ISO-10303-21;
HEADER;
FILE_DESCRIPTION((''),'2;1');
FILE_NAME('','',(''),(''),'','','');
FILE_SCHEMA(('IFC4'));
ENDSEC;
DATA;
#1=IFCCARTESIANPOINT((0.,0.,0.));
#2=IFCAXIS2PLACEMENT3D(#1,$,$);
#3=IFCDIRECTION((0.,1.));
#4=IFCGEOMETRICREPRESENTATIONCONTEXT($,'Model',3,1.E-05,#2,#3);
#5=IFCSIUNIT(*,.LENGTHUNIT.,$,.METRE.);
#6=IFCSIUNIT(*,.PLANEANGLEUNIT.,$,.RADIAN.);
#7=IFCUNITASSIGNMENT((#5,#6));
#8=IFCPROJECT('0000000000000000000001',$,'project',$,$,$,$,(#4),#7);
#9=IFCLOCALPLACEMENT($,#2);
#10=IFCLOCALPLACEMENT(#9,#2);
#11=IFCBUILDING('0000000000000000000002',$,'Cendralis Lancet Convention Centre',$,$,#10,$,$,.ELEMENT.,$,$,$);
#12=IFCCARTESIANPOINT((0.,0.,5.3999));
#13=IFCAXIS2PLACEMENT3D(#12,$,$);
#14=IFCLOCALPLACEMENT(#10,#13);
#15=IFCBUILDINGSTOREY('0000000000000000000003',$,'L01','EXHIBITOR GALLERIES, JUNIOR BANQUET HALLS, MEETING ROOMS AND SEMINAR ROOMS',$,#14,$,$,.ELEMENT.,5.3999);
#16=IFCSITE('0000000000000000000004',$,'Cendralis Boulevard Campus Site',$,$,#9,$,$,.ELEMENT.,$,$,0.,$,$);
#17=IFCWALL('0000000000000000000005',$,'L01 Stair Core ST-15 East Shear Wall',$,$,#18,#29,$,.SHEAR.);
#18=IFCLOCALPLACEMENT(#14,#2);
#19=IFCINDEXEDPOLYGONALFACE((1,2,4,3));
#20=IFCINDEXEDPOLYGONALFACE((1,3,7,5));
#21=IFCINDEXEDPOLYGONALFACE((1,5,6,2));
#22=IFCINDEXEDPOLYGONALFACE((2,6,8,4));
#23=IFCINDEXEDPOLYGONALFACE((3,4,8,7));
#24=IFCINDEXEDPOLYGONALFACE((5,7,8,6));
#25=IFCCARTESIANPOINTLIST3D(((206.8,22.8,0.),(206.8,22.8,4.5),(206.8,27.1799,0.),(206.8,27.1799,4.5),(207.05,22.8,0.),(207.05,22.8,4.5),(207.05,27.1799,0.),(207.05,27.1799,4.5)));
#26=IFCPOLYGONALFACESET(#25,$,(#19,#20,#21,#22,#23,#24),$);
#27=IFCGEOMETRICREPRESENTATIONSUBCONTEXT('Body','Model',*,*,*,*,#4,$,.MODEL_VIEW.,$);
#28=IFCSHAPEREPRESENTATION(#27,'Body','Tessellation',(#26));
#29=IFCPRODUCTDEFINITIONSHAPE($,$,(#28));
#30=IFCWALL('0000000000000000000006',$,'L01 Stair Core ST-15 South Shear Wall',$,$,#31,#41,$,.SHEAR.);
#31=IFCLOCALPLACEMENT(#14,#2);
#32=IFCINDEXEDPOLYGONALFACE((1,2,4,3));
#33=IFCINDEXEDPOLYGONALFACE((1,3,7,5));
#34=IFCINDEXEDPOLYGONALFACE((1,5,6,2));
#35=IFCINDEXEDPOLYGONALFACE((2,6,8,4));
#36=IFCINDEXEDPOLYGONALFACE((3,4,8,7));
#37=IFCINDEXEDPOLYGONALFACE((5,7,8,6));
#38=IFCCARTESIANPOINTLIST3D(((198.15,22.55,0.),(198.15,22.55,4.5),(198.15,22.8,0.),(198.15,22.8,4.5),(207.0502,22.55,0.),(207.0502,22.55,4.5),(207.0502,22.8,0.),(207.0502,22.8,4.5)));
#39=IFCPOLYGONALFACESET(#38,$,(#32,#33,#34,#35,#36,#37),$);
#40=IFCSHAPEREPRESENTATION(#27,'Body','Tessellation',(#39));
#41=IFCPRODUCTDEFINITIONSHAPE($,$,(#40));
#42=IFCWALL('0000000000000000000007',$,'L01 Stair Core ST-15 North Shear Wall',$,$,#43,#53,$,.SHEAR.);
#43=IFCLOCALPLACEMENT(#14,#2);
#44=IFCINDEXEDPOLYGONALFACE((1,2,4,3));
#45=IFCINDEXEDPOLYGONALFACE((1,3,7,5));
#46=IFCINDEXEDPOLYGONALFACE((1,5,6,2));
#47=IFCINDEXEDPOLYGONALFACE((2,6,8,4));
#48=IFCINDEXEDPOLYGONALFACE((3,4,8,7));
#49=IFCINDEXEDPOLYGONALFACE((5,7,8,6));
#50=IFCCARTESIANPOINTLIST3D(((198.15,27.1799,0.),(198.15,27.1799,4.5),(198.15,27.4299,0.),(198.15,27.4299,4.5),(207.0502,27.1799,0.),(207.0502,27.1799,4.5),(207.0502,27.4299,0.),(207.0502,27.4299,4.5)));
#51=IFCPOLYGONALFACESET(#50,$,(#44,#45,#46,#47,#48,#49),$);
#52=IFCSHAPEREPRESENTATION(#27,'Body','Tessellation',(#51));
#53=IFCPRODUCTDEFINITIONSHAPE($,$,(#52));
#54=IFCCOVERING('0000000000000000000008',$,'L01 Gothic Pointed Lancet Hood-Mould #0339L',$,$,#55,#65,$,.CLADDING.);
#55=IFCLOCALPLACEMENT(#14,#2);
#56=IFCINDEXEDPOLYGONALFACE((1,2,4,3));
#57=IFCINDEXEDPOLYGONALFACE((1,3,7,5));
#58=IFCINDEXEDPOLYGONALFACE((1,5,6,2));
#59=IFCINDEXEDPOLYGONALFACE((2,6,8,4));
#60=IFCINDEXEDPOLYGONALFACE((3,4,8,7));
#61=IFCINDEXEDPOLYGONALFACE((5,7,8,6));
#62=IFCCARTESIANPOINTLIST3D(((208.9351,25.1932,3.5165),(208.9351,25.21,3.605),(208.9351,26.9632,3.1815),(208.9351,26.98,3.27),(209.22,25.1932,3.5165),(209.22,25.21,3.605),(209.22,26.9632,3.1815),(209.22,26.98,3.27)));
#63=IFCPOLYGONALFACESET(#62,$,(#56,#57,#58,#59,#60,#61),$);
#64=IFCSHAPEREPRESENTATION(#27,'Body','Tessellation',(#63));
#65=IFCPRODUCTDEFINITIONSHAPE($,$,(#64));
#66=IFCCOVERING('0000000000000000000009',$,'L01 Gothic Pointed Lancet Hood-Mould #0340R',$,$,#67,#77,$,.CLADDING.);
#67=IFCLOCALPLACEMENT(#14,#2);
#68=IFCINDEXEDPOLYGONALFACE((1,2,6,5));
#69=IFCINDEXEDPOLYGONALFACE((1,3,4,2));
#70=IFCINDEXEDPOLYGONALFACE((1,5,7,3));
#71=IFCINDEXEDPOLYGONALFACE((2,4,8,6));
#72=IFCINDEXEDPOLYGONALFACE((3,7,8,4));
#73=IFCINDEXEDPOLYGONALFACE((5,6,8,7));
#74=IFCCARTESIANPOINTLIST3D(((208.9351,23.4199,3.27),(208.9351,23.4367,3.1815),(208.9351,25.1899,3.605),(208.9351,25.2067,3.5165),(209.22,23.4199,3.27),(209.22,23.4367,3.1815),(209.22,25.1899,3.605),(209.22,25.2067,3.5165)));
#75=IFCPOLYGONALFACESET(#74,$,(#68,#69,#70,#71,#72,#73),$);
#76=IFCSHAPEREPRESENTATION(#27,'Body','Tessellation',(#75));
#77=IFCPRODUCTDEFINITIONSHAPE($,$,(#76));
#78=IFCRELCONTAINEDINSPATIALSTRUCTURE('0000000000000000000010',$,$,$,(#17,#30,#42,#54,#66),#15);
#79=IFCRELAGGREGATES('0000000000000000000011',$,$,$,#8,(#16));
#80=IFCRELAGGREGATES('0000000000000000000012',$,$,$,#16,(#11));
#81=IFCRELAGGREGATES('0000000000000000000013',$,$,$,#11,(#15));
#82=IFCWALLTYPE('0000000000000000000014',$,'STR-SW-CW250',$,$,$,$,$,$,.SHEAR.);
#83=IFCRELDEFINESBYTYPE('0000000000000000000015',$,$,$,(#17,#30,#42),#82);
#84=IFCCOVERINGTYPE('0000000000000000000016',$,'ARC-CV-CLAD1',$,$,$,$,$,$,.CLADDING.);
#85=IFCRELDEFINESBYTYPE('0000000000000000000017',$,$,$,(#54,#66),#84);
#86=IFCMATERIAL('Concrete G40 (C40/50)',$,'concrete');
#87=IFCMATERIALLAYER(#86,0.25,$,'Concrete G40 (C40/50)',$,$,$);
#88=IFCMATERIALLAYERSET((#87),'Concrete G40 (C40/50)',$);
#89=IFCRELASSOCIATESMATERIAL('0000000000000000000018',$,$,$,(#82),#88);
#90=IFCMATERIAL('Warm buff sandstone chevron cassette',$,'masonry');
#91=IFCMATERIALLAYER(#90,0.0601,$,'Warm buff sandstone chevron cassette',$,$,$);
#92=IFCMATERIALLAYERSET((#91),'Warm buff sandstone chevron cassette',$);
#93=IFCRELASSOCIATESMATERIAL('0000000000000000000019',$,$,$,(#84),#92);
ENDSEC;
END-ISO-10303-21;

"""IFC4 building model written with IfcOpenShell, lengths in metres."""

from ifc_helpers import new_model, si_unit, direction, frame, frame_2d, origin, place, context, subcontext, project, spatial, polyline, rectangle, outline, extrude, material, layer, layer_set, type_object, element, save


model = new_model("IFC4")

# Units and contexts
model_context = context("Model", 3, precision=1e-05, world=origin(), true_north=direction((0.0, 1.0)))
body_context = subcontext(model_context, "Body", "Model", "MODEL_VIEW")
ifc_project = project(units=[si_unit("LENGTHUNIT", "METRE"), si_unit("PLANEANGLEUNIT", "RADIAN")], contexts=[model_context])

# Site, building, storey
site_placement = place(None, origin())
site = spatial("IfcSite", under=ifc_project, at=site_placement, Name="Cendralis Boulevard Campus Site", CompositionType="ELEMENT", RefElevation=0.0)
building_placement = place(site_placement, origin())
building = spatial("IfcBuilding", under=site, at=building_placement, Name="Cendralis Lancet Convention Centre", CompositionType="ELEMENT")
storey_placement = place(building_placement, frame((0.0, 0.0, 5.3999)))
storey = spatial("IfcBuildingStorey", under=building, at=storey_placement, Name="L01", Description="EXHIBITOR GALLERIES, JUNIOR BANQUET HALLS, MEETING ROOMS AND SEMINAR ROOMS", CompositionType="ELEMENT", Elevation=5.3999)

# Shared definitions
ifc_material_1 = material(Name="Concrete G40 (C40/50)", Category="concrete")

# Shared definitions
ifc_layer_1 = layer(ifc_material_1, 0.25, Name="Concrete G40 (C40/50)")
ifc_layer_set_1 = layer_set([ifc_layer_1], Name="Concrete G40 (C40/50)")
wall_type_1 = type_object("IfcWallType", Name="STR-SW-CW250", PredefinedType="SHEAR", material=ifc_layer_set_1)

# Walls
wall_1_placement = place(storey_placement, frame((206.925, 22.8, 0.0), z_axis=(0.0, 0.0, 1.0), x_axis=(0.0, 1.0, 0.0)))
element("IfcWall", 1, at=wall_1_placement, inside=storey, type_object=wall_type_1, Name="L01 Stair Core ST-15 East Shear Wall", PredefinedType="SHEAR", context=body_context, shape_type="SweptSolid", body=[
    extrude(rectangle(XDim=4.3799, YDim=0.25, at=frame_2d((2.1899, 0.0))), origin(), (0.0, 0.0, 1.0), 4.5),
])
for number, where, z_axis, x_axis, name in (
    (2, (198.1499, 22.675, 0.0), (0.0, 0.0, 1.0), (1.0, 0.0, 0.0), "L01 Stair Core ST-15 South Shear Wall"),
    (3, (198.1499, 27.3049, 0.0), (0.0, 0.0, 1.0), (1.0, 0.0, 0.0), "L01 Stair Core ST-15 North Shear Wall"),
):
    element("IfcWall", number, at=place(storey_placement, frame(where, z_axis=z_axis, x_axis=x_axis)), inside=storey, type_object=wall_type_1, Name=name, PredefinedType="SHEAR", context=body_context, shape_type="SweptSolid", body=[
        extrude(rectangle(XDim=8.9001, YDim=0.25, at=frame_2d((4.4502, 0.0))), origin(), (0.0, 0.0, 1.0), 4.5),
    ])

# Coverings
ifc_material_2 = material(Name="Warm buff sandstone chevron cassette", Category="masonry")
ifc_layer_2 = layer(ifc_material_2, 0.0601, Name="Warm buff sandstone chevron cassette")
ifc_layer_set_2 = layer_set([ifc_layer_2], Name="Warm buff sandstone chevron cassette")
covering_type = type_object("IfcCoveringType", Name="ARC-CV-CLAD1", PredefinedType="CLADDING", material=ifc_layer_set_2)
for number, where, z_axis, x_axis, name in (
    (4, (209.22, 26.98, 3.27), (0.0, 0.185941, 0.982561), (-1.0, 0.0, 0.0), "L01 Gothic Pointed Lancet Hood-Mould #0339L"),
    (5, (209.22, 25.1899, 3.605), (0.0, -0.185941, 0.982561), (-1.0, 0.0, 0.0), "L01 Gothic Pointed Lancet Hood-Mould #0340R"),
):
    element("IfcCovering", number, at=place(storey_placement, frame(where, z_axis=z_axis, x_axis=x_axis)), inside=storey, type_object=covering_type, Name=name, PredefinedType="CLADDING", context=body_context, shape_type="SweptSolid", body=[
        extrude(outline(polyline([(0.0, 0.0), (0.2849, 0.0), (0.2849, 1.8014), (0.0, 1.8014), (0.0, 0.0)])), origin(), (0.0, 0.0, -1.0), 0.0901),
    ])

save(model, "model.ifc")
